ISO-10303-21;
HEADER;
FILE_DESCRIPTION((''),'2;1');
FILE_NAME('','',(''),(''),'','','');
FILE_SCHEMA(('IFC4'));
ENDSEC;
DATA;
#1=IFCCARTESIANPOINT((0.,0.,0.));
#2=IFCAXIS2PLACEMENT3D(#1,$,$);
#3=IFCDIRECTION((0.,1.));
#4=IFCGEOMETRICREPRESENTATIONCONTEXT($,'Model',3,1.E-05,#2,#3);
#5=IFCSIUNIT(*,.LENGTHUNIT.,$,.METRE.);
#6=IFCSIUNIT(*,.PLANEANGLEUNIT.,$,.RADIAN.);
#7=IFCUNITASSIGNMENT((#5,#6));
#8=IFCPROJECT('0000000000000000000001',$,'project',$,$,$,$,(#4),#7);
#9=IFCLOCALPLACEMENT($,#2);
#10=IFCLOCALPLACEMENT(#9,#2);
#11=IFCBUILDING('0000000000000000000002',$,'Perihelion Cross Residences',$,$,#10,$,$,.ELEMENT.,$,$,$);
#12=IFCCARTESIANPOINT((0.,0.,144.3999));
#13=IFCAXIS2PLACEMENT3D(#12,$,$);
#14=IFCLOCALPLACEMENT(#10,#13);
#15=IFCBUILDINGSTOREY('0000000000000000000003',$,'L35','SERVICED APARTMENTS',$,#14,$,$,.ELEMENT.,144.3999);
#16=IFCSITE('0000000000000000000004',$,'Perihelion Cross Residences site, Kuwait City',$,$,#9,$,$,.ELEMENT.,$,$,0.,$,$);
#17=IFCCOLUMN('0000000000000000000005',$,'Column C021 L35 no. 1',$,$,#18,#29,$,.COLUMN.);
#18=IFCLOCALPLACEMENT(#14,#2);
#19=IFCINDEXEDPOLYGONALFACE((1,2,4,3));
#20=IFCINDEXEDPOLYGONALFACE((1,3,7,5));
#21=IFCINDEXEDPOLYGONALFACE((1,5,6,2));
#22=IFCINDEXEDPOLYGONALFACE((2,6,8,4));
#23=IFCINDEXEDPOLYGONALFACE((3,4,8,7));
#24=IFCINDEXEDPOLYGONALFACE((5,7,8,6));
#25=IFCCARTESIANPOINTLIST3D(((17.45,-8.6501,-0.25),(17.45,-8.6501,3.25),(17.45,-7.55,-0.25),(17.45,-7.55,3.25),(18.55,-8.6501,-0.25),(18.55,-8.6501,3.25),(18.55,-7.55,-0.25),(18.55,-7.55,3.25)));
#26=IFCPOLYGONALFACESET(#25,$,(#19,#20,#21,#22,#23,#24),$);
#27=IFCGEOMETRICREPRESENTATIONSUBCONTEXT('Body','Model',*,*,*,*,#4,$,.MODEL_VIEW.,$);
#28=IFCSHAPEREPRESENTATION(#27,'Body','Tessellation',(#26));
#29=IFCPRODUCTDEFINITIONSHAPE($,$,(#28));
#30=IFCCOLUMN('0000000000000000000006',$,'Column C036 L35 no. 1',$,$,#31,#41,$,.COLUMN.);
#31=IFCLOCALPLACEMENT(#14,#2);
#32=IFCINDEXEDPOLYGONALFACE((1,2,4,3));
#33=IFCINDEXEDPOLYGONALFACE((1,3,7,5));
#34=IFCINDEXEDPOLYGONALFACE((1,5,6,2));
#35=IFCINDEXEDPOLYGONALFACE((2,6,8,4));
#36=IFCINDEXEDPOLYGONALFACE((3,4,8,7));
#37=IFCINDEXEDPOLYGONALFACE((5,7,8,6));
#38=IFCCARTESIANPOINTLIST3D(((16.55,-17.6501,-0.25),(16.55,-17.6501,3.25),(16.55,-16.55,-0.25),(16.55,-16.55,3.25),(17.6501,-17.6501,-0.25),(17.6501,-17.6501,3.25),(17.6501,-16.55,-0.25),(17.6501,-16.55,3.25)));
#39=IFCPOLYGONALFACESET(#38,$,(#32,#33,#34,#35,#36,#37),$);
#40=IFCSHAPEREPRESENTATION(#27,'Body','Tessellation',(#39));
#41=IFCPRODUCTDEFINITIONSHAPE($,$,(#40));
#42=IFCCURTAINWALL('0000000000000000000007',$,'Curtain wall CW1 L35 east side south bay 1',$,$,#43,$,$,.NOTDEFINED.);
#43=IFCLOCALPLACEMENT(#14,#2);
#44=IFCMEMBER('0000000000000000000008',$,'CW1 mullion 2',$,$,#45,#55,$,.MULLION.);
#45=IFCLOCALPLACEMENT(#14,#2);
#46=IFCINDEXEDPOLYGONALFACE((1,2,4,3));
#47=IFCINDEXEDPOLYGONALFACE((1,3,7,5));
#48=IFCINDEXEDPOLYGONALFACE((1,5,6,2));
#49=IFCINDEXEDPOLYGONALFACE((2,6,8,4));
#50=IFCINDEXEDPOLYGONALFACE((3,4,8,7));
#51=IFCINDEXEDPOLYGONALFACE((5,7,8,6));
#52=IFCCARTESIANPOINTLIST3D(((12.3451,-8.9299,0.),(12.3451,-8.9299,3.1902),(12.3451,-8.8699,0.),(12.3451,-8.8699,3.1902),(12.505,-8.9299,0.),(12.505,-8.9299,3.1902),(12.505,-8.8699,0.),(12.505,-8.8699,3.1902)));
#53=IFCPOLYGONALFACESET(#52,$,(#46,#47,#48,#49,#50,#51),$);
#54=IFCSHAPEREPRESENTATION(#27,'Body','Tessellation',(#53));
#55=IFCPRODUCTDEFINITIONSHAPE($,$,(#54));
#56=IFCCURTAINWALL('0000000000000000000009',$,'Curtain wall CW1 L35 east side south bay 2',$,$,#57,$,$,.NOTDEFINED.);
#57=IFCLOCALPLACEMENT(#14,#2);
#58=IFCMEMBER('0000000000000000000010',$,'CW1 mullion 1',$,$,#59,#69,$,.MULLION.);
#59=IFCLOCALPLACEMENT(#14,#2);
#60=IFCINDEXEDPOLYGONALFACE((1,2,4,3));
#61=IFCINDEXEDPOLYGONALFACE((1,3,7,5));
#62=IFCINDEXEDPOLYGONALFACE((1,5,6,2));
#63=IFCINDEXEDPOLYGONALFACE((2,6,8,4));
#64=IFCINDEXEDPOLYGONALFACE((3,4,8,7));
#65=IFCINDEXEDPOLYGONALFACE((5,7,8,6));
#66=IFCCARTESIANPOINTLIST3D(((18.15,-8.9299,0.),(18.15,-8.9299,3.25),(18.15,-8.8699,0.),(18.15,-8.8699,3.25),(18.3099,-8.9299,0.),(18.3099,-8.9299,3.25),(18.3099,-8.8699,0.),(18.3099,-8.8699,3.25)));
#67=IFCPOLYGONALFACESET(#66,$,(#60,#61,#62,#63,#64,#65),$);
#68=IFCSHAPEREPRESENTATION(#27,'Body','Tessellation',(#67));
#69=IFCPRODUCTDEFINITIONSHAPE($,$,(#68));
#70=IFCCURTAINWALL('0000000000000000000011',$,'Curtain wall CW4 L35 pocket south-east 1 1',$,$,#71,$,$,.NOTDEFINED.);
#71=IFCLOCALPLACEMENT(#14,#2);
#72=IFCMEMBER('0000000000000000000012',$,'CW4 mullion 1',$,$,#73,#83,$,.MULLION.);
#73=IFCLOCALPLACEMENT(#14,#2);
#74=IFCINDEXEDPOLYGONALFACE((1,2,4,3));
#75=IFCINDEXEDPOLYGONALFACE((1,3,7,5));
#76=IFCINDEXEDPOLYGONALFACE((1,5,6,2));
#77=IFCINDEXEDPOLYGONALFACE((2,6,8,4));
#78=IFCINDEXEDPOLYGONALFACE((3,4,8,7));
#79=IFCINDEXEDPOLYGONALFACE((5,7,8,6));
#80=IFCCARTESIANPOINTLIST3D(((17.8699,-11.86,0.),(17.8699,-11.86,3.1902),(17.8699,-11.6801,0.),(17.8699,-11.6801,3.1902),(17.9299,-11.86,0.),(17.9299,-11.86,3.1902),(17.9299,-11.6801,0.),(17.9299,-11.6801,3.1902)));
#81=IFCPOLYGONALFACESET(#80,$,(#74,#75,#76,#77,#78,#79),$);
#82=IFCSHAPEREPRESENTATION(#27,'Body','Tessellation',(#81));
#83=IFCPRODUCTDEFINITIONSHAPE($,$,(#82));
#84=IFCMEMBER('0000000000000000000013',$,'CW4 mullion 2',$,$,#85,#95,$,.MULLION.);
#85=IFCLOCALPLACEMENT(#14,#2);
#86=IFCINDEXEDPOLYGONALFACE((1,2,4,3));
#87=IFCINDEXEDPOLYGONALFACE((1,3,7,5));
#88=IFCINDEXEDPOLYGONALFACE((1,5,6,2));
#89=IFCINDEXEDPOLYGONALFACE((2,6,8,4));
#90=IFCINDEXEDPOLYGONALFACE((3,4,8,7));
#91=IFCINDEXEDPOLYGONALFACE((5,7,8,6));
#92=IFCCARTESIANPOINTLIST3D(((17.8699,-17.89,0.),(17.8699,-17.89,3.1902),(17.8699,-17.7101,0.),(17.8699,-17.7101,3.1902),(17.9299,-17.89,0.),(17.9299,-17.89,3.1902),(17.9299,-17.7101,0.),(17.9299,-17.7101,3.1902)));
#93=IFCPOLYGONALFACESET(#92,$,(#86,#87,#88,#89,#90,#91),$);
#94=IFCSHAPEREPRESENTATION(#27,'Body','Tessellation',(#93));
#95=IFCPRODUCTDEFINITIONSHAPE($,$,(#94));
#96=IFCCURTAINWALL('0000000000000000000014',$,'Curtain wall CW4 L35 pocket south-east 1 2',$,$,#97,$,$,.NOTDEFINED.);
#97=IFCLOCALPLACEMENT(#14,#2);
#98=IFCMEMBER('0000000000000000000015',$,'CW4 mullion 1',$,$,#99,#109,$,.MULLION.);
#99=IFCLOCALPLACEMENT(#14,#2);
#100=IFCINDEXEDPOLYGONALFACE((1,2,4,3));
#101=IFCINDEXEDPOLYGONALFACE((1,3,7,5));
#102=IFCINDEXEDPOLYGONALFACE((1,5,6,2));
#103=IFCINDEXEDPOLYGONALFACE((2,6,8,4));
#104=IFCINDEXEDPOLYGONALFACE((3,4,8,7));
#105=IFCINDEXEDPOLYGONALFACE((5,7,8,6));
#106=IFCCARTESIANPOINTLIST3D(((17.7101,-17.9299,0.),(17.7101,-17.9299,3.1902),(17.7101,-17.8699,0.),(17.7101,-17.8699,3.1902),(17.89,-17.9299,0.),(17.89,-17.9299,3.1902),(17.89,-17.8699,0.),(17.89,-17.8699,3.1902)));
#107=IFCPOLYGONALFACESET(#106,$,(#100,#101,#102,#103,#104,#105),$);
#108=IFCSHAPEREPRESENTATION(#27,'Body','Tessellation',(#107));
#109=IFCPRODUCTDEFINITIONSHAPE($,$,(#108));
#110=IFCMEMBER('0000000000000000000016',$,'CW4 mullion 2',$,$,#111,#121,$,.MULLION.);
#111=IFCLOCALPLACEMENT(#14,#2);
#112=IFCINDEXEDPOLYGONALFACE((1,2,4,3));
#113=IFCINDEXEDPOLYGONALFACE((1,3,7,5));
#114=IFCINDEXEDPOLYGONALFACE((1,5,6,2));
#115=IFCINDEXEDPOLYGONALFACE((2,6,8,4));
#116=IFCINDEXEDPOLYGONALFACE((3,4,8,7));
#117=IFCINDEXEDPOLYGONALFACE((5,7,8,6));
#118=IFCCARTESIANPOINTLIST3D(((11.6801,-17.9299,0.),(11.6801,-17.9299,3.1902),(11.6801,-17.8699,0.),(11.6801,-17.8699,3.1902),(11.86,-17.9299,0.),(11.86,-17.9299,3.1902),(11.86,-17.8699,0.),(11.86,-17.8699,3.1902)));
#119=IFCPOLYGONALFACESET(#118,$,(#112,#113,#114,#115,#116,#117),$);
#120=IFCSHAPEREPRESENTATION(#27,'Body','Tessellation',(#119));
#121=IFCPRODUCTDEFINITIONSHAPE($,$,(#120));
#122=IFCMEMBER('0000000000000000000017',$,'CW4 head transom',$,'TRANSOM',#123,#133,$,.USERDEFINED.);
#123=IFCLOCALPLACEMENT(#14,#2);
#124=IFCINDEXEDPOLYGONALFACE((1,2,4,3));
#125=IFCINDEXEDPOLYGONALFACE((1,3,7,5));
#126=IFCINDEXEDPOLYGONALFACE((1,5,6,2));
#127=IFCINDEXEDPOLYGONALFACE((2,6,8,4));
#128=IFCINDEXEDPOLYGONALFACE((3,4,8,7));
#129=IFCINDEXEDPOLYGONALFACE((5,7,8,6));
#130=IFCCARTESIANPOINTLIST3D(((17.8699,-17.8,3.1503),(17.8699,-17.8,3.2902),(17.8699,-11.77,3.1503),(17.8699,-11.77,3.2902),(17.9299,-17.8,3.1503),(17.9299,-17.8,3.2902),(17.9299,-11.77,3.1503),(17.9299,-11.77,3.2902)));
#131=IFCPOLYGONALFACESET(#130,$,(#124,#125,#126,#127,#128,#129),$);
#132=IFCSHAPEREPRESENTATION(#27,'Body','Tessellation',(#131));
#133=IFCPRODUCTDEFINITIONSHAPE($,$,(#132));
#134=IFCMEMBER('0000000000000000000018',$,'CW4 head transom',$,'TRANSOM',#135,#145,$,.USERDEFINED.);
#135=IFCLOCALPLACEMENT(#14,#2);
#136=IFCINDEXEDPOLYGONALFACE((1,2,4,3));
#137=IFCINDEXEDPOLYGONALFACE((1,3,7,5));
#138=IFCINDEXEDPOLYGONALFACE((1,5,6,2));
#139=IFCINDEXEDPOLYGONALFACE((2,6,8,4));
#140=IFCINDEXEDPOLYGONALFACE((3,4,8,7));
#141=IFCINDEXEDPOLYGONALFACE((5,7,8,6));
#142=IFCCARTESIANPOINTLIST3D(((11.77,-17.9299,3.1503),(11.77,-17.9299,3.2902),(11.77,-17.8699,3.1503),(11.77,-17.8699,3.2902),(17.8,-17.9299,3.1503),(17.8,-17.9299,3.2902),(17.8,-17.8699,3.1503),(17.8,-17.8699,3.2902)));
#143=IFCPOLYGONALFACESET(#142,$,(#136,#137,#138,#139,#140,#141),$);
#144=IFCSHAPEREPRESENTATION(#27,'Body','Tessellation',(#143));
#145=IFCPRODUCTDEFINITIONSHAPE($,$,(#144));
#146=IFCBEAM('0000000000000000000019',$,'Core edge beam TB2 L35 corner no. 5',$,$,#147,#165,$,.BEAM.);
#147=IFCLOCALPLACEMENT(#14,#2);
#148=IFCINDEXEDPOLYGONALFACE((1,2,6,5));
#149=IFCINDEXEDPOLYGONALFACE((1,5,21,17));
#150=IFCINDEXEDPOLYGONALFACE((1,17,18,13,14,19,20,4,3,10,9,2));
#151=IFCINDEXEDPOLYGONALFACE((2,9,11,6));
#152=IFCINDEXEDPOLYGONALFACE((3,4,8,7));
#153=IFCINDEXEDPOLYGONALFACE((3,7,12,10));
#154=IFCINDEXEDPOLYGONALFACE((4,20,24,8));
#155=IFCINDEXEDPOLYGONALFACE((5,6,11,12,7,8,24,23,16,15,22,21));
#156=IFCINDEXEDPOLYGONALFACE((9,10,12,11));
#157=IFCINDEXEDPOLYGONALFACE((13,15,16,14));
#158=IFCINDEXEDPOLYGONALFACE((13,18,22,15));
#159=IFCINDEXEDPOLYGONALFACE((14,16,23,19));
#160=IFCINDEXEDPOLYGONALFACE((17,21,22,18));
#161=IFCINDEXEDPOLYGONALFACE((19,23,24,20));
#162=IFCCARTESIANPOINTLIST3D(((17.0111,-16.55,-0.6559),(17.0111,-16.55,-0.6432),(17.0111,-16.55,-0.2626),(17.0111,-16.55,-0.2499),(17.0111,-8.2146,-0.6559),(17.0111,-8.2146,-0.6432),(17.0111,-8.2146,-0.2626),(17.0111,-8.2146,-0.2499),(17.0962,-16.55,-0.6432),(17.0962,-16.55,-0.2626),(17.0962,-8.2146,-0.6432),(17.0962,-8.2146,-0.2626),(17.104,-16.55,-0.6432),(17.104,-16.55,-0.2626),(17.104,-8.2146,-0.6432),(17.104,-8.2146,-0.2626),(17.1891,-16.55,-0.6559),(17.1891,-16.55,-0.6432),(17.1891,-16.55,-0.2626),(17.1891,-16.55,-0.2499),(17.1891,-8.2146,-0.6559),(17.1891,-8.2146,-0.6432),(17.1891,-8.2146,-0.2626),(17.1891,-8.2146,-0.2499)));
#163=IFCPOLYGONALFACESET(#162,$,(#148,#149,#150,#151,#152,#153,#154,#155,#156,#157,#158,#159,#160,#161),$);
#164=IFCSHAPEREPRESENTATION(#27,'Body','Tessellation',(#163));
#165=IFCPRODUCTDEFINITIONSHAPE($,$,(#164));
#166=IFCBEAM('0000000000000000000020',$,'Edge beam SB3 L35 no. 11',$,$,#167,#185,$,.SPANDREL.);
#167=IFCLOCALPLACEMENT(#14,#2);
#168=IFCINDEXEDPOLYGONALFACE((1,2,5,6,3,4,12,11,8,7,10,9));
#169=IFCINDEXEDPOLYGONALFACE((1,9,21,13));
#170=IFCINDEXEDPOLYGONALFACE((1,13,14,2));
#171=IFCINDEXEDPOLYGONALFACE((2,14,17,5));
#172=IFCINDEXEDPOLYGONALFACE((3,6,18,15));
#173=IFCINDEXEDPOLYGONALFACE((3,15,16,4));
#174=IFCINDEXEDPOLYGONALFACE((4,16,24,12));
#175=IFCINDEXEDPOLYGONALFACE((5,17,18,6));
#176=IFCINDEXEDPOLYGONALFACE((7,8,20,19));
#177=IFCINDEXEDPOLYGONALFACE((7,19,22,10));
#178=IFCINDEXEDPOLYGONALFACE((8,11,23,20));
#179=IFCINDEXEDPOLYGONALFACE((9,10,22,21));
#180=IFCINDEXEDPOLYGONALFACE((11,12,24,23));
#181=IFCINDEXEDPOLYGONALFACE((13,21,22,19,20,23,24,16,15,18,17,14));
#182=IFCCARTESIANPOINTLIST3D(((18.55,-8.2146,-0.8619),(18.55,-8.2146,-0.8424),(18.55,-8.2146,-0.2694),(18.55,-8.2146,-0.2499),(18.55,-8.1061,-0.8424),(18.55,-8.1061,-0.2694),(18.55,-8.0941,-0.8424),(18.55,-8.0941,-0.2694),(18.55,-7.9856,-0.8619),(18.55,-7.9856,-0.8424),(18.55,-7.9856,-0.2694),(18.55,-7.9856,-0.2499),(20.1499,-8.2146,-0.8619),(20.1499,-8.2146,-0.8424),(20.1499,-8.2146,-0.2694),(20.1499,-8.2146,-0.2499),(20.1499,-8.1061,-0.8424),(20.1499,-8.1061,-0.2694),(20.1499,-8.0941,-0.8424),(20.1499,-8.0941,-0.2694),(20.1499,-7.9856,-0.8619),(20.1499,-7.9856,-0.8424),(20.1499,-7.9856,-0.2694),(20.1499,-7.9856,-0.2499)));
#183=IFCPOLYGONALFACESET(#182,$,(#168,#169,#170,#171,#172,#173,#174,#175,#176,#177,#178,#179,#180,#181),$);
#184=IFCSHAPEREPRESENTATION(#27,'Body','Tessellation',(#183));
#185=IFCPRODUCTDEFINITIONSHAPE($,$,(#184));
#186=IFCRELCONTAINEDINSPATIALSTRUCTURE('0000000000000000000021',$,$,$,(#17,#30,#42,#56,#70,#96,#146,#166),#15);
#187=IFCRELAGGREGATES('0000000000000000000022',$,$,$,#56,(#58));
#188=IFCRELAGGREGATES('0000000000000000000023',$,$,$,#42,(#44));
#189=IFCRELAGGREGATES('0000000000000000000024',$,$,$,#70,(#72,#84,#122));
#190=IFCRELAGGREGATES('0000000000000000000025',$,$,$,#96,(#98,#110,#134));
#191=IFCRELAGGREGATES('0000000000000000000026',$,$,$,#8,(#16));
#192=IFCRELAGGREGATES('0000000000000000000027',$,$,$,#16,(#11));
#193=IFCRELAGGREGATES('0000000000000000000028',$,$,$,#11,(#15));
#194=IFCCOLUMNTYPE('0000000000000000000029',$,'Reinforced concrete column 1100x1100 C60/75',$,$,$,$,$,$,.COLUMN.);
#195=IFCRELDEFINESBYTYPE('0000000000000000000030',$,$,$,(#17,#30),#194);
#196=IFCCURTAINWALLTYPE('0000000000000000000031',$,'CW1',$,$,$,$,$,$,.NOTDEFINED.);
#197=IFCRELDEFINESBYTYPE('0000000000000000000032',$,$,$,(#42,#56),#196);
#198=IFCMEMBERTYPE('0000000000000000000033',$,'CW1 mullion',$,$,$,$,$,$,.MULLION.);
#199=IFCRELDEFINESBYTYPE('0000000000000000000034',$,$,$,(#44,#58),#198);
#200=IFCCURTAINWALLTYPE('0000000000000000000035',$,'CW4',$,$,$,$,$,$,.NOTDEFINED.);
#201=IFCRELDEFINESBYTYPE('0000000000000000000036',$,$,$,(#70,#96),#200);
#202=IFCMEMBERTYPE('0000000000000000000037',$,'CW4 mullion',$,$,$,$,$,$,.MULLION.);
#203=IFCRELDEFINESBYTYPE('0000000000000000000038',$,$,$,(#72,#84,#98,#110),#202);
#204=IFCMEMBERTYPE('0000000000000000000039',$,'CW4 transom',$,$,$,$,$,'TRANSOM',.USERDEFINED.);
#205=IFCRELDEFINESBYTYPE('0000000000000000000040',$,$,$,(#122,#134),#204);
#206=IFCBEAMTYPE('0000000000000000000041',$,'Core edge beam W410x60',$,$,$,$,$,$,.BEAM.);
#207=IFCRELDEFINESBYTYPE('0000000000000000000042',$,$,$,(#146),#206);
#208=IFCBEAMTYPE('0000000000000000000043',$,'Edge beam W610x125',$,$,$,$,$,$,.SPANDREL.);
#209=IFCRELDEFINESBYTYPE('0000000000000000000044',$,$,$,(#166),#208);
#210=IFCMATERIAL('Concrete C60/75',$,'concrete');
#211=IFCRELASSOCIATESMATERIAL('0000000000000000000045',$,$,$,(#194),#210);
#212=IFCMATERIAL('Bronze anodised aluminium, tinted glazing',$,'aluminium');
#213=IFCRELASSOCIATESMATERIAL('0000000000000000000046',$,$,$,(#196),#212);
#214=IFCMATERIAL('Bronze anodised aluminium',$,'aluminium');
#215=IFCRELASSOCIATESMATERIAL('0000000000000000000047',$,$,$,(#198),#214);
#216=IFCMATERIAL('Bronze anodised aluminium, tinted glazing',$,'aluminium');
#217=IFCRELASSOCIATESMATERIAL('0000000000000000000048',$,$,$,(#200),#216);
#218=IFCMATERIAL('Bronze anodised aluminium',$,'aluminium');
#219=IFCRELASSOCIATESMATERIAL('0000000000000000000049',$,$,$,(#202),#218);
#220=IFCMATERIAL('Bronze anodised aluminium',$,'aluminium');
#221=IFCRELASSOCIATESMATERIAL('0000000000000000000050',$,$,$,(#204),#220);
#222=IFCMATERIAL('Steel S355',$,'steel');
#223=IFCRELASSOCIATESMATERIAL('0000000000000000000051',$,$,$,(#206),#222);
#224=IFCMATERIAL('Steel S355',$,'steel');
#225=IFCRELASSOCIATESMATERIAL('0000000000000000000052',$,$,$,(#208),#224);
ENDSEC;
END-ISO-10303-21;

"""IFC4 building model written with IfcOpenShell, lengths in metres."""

from ifc_helpers import new_model, si_unit, direction, frame, origin, origin_2d, place, context, subcontext, project, spatial, rectangle, i_section, extrude, material, material_profile, profile_set, type_object, element, aggregate, save


model = new_model("IFC4")

# Units and contexts
model_context = context("Model", 3, precision=1e-05, world=origin(), true_north=direction((0.0, 1.0)))
body_context = subcontext(model_context, "Body", "Model", "MODEL_VIEW")
ifc_project = project(units=[si_unit("LENGTHUNIT", "METRE"), si_unit("PLANEANGLEUNIT", "RADIAN")], contexts=[model_context])

# Site, building, storey
site_placement = place(None, origin())
site = spatial("IfcSite", under=ifc_project, at=site_placement, Name="Perihelion Cross Residences site, Kuwait City", CompositionType="ELEMENT", RefElevation=0.0)
building_placement = place(site_placement, origin())
building = spatial("IfcBuilding", under=site, at=building_placement, Name="Perihelion Cross Residences", CompositionType="ELEMENT")
storey_placement = place(building_placement, frame((0.0, 0.0, 144.3999)))
storey = spatial("IfcBuildingStorey", under=building, at=storey_placement, Name="L35", Description="SERVICED APARTMENTS", CompositionType="ELEMENT", Elevation=144.3999)

# Columns
ifc_material_1 = material(Name="Concrete C60/75", Category="concrete")
ifc_material_profile_1 = material_profile(ifc_material_1, rectangle(XDim=1.1001, YDim=1.1001, at=origin_2d()), Name="RC 1100x1100")
ifc_profile_set_1 = profile_set([ifc_material_profile_1], Name="Concrete C60/75")
column_type = type_object("IfcColumnType", Name="Reinforced concrete column 1100x1100 C60/75", PredefinedType="COLUMN", material=ifc_profile_set_1)
for number, where, z_axis, x_axis, name in (
    (1, (18.0, -8.1001, -0.25), (0.0, 0.0, 1.0), (1.0, 0.0, 0.0), "Column C021 L35 no. 1"),
    (2, (17.1001, -17.1001, -0.25), (0.0, 0.0, 1.0), (1.0, 0.0, 0.0), "Column C036 L35 no. 1"),
):
    element("IfcColumn", number, at=place(storey_placement, frame(where, z_axis=z_axis, x_axis=x_axis)), inside=storey, type_object=column_type, Name=name, PredefinedType="COLUMN", context=body_context, shape_type="SweptSolid", body=[
        extrude(rectangle(XDim=1.1001, YDim=1.1001, at=origin_2d()), origin(), (0.0, 0.0, 1.0), 3.5),
    ])

# Curtain walls, members
ifc_material_2 = material(Name="Bronze anodised aluminium, tinted glazing", Category="aluminium")
curtain_wall_type_1 = type_object("IfcCurtainWallType", Name="CW1", PredefinedType="NOTDEFINED", material=ifc_material_2)
curtain_wall_1_placement = place(storey_placement, origin())
curtain_wall_1 = element("IfcCurtainWall", 3, at=curtain_wall_1_placement, inside=storey, type_object=curtain_wall_type_1, Name="Curtain wall CW1 L35 east side south bay 1", PredefinedType="NOTDEFINED")
ifc_material_3 = material(Name="Bronze anodised aluminium", Category="aluminium")
ifc_material_profile_2 = material_profile(ifc_material_3, rectangle(XDim=0.0601, YDim=0.1599, at=origin_2d()), Name="CW1 mullion")
ifc_profile_set_2 = profile_set([ifc_material_profile_2], Name="Bronze anodised aluminium")
member_type_1 = type_object("IfcMemberType", Name="CW1 mullion", PredefinedType="MULLION", material=ifc_profile_set_2)
member_1_placement = place(storey_placement, frame((12.425, -8.8999, 0.0), z_axis=(0.0, 0.0, 1.0), x_axis=(0.0, 1.0, 0.0)))
member_1 = element("IfcMember", 4, at=member_1_placement, type_object=member_type_1, Name="CW1 mullion 2", PredefinedType="MULLION", context=body_context, shape_type="SweptSolid", body=[
    extrude(rectangle(XDim=0.0601, YDim=0.1599, at=origin_2d()), origin(), (0.0, 0.0, 1.0), 3.1902),
])
curtain_wall_2_placement = place(storey_placement, origin())
curtain_wall_2 = element("IfcCurtainWall", 5, at=curtain_wall_2_placement, inside=storey, type_object=curtain_wall_type_1, Name="Curtain wall CW1 L35 east side south bay 2", PredefinedType="NOTDEFINED")
member_2_placement = place(storey_placement, frame((18.23, -8.8999, 0.0), z_axis=(0.0, 0.0, 1.0), x_axis=(0.0, 1.0, 0.0)))
member_2 = element("IfcMember", 6, at=member_2_placement, type_object=member_type_1, Name="CW1 mullion 1", PredefinedType="MULLION", context=body_context, shape_type="SweptSolid", body=[
    extrude(rectangle(XDim=0.0601, YDim=0.1599, at=origin_2d()), origin(), (0.0, 0.0, 1.0), 3.25),
])
aggregate(curtain_wall_2, [member_2])

# Curtain walls, members
ifc_material_4 = material(Name="Bronze anodised aluminium, tinted glazing", Category="aluminium")
curtain_wall_type_2 = type_object("IfcCurtainWallType", Name="CW4", PredefinedType="NOTDEFINED", material=ifc_material_4)
curtain_wall_3_placement = place(storey_placement, origin())
curtain_wall_3 = element("IfcCurtainWall", 7, at=curtain_wall_3_placement, inside=storey, type_object=curtain_wall_type_2, Name="Curtain wall CW4 L35 pocket south-east 1 1", PredefinedType="NOTDEFINED")
ifc_material_5 = material(Name="Bronze anodised aluminium", Category="aluminium")
ifc_material_profile_3 = material_profile(ifc_material_5, rectangle(XDim=0.0601, YDim=0.1799, at=origin_2d()), Name="CW4 mullion")
ifc_profile_set_3 = profile_set([ifc_material_profile_3], Name="Bronze anodised aluminium")
member_type_2 = type_object("IfcMemberType", Name="CW4 mullion", PredefinedType="MULLION", material=ifc_profile_set_3)
member_3_placement = place(storey_placement, frame((17.8999, -11.77, 0.0), z_axis=(0.0, 0.0, 1.0), x_axis=(1.0, 0.0, 0.0)))
member_3 = element("IfcMember", 8, at=member_3_placement, type_object=member_type_2, Name="CW4 mullion 1", PredefinedType="MULLION", context=body_context, shape_type="SweptSolid", body=[
    extrude(rectangle(XDim=0.0601, YDim=0.1799, at=origin_2d()), origin(), (0.0, 0.0, 1.0), 3.1902),
])
member_4_placement = place(storey_placement, frame((17.8999, -17.8, 0.0), z_axis=(0.0, 0.0, 1.0), x_axis=(1.0, 0.0, 0.0)))
member_4 = element("IfcMember", 9, at=member_4_placement, type_object=member_type_2, Name="CW4 mullion 2", PredefinedType="MULLION", context=body_context, shape_type="SweptSolid", body=[
    extrude(rectangle(XDim=0.0601, YDim=0.1799, at=origin_2d()), origin(), (0.0, 0.0, 1.0), 3.1902),
])
curtain_wall_4_placement = place(storey_placement, origin())
curtain_wall_4 = element("IfcCurtainWall", 10, at=curtain_wall_4_placement, inside=storey, type_object=curtain_wall_type_2, Name="Curtain wall CW4 L35 pocket south-east 1 2", PredefinedType="NOTDEFINED")
member_5_placement = place(storey_placement, frame((17.8, -17.8999, 0.0), z_axis=(0.0, 0.0, 1.0), x_axis=(0.0, -1.0, 0.0)))
member_5 = element("IfcMember", 11, at=member_5_placement, type_object=member_type_2, Name="CW4 mullion 1", PredefinedType="MULLION", context=body_context, shape_type="SweptSolid", body=[
    extrude(rectangle(XDim=0.0601, YDim=0.1799, at=origin_2d()), origin(), (0.0, 0.0, 1.0), 3.1902),
])
member_6_placement = place(storey_placement, frame((11.77, -17.8999, 0.0), z_axis=(0.0, 0.0, 1.0), x_axis=(0.0, -1.0, 0.0)))
member_6 = element("IfcMember", 12, at=member_6_placement, type_object=member_type_2, Name="CW4 mullion 2", PredefinedType="MULLION", context=body_context, shape_type="SweptSolid", body=[
    extrude(rectangle(XDim=0.0601, YDim=0.1799, at=origin_2d()), origin(), (0.0, 0.0, 1.0), 3.1902),
])

# Members
ifc_material_6 = material(Name="Bronze anodised aluminium", Category="aluminium")
ifc_material_profile_4 = material_profile(ifc_material_6, rectangle(XDim=0.0601, YDim=0.1399, at=origin_2d()), Name="CW4 transom")
ifc_profile_set_4 = profile_set([ifc_material_profile_4], Name="Bronze anodised aluminium")
member_type_3 = type_object("IfcMemberType", Name="CW4 transom", ElementType="TRANSOM", PredefinedType="USERDEFINED", material=ifc_profile_set_4)
member_7_placement = place(storey_placement, frame((17.8999, -11.77, 3.2202), z_axis=(0.0, -1.0, 0.0), x_axis=(1.0, 0.0, 0.0)))
member_7 = element("IfcMember", 13, at=member_7_placement, type_object=member_type_3, Name="CW4 head transom", ObjectType="TRANSOM", PredefinedType="USERDEFINED", context=body_context, shape_type="SweptSolid", body=[
    extrude(rectangle(XDim=0.0601, YDim=0.1399, at=origin_2d()), origin(), (0.0, 0.0, 1.0), 6.03),
])
member_8_placement = place(storey_placement, frame((17.8, -17.8999, 3.2202), z_axis=(-1.0, 0.0, 0.0), x_axis=(0.0, -1.0, 0.0)))
member_8 = element("IfcMember", 14, at=member_8_placement, type_object=member_type_3, Name="CW4 head transom", ObjectType="TRANSOM", PredefinedType="USERDEFINED", context=body_context, shape_type="SweptSolid", body=[
    extrude(rectangle(XDim=0.0601, YDim=0.1399, at=origin_2d()), origin(), (0.0, 0.0, 1.0), 6.03),
])

# Beams
ifc_material_7 = material(Name="Steel S355", Category="steel")
ifc_material_profile_5 = material_profile(ifc_material_7, i_section(OverallWidth=0.178, OverallDepth=0.406, WebThickness=0.0078, FlangeThickness=0.0127, at=origin_2d()), Name="W410x60")
ifc_profile_set_5 = profile_set([ifc_material_profile_5], Name="Steel S355")
beam_type_1 = type_object("IfcBeamType", Name="Core edge beam W410x60", PredefinedType="BEAM", material=ifc_profile_set_5)
beam_1_placement = place(storey_placement, frame((17.1001, -8.2146, -0.4529), z_axis=(0.0, -1.0, 0.0), x_axis=(1.0, 0.0, 0.0)))
element("IfcBeam", 15, at=beam_1_placement, inside=storey, type_object=beam_type_1, Name="Core edge beam TB2 L35 corner no. 5", PredefinedType="BEAM", context=body_context, shape_type="SweptSolid", body=[
    extrude(i_section(OverallWidth=0.178, OverallDepth=0.406, WebThickness=0.0078, FlangeThickness=0.0127, at=origin_2d()), origin(), (0.0, 0.0, 1.0), 8.3354),
])
ifc_material_8 = material(Name="Steel S355", Category="steel")
ifc_material_profile_6 = material_profile(ifc_material_8, i_section(OverallWidth=0.229, OverallDepth=0.6121, WebThickness=0.012, FlangeThickness=0.0195, at=origin_2d()), Name="W610x125")
ifc_profile_set_6 = profile_set([ifc_material_profile_6], Name="Steel S355")
beam_type_2 = type_object("IfcBeamType", Name="Edge beam W610x125", PredefinedType="SPANDREL", material=ifc_profile_set_6)
beam_2_placement = place(storey_placement, frame((18.55, -8.1001, -0.5559), z_axis=(1.0, 0.0, 0.0), x_axis=(0.0, 1.0, 0.0)))
element("IfcBeam", 16, at=beam_2_placement, inside=storey, type_object=beam_type_2, Name="Edge beam SB3 L35 no. 11", PredefinedType="SPANDREL", context=body_context, shape_type="SweptSolid", body=[
    extrude(i_section(OverallWidth=0.229, OverallDepth=0.6121, WebThickness=0.012, FlangeThickness=0.0195, at=origin_2d()), origin(), (0.0, 0.0, 1.0), 1.5999),
])

aggregate(curtain_wall_1, [member_1])
aggregate(curtain_wall_3, [member_3, member_4, member_7])
aggregate(curtain_wall_4, [member_5, member_6, member_8])

save(model, "model.ifc")
